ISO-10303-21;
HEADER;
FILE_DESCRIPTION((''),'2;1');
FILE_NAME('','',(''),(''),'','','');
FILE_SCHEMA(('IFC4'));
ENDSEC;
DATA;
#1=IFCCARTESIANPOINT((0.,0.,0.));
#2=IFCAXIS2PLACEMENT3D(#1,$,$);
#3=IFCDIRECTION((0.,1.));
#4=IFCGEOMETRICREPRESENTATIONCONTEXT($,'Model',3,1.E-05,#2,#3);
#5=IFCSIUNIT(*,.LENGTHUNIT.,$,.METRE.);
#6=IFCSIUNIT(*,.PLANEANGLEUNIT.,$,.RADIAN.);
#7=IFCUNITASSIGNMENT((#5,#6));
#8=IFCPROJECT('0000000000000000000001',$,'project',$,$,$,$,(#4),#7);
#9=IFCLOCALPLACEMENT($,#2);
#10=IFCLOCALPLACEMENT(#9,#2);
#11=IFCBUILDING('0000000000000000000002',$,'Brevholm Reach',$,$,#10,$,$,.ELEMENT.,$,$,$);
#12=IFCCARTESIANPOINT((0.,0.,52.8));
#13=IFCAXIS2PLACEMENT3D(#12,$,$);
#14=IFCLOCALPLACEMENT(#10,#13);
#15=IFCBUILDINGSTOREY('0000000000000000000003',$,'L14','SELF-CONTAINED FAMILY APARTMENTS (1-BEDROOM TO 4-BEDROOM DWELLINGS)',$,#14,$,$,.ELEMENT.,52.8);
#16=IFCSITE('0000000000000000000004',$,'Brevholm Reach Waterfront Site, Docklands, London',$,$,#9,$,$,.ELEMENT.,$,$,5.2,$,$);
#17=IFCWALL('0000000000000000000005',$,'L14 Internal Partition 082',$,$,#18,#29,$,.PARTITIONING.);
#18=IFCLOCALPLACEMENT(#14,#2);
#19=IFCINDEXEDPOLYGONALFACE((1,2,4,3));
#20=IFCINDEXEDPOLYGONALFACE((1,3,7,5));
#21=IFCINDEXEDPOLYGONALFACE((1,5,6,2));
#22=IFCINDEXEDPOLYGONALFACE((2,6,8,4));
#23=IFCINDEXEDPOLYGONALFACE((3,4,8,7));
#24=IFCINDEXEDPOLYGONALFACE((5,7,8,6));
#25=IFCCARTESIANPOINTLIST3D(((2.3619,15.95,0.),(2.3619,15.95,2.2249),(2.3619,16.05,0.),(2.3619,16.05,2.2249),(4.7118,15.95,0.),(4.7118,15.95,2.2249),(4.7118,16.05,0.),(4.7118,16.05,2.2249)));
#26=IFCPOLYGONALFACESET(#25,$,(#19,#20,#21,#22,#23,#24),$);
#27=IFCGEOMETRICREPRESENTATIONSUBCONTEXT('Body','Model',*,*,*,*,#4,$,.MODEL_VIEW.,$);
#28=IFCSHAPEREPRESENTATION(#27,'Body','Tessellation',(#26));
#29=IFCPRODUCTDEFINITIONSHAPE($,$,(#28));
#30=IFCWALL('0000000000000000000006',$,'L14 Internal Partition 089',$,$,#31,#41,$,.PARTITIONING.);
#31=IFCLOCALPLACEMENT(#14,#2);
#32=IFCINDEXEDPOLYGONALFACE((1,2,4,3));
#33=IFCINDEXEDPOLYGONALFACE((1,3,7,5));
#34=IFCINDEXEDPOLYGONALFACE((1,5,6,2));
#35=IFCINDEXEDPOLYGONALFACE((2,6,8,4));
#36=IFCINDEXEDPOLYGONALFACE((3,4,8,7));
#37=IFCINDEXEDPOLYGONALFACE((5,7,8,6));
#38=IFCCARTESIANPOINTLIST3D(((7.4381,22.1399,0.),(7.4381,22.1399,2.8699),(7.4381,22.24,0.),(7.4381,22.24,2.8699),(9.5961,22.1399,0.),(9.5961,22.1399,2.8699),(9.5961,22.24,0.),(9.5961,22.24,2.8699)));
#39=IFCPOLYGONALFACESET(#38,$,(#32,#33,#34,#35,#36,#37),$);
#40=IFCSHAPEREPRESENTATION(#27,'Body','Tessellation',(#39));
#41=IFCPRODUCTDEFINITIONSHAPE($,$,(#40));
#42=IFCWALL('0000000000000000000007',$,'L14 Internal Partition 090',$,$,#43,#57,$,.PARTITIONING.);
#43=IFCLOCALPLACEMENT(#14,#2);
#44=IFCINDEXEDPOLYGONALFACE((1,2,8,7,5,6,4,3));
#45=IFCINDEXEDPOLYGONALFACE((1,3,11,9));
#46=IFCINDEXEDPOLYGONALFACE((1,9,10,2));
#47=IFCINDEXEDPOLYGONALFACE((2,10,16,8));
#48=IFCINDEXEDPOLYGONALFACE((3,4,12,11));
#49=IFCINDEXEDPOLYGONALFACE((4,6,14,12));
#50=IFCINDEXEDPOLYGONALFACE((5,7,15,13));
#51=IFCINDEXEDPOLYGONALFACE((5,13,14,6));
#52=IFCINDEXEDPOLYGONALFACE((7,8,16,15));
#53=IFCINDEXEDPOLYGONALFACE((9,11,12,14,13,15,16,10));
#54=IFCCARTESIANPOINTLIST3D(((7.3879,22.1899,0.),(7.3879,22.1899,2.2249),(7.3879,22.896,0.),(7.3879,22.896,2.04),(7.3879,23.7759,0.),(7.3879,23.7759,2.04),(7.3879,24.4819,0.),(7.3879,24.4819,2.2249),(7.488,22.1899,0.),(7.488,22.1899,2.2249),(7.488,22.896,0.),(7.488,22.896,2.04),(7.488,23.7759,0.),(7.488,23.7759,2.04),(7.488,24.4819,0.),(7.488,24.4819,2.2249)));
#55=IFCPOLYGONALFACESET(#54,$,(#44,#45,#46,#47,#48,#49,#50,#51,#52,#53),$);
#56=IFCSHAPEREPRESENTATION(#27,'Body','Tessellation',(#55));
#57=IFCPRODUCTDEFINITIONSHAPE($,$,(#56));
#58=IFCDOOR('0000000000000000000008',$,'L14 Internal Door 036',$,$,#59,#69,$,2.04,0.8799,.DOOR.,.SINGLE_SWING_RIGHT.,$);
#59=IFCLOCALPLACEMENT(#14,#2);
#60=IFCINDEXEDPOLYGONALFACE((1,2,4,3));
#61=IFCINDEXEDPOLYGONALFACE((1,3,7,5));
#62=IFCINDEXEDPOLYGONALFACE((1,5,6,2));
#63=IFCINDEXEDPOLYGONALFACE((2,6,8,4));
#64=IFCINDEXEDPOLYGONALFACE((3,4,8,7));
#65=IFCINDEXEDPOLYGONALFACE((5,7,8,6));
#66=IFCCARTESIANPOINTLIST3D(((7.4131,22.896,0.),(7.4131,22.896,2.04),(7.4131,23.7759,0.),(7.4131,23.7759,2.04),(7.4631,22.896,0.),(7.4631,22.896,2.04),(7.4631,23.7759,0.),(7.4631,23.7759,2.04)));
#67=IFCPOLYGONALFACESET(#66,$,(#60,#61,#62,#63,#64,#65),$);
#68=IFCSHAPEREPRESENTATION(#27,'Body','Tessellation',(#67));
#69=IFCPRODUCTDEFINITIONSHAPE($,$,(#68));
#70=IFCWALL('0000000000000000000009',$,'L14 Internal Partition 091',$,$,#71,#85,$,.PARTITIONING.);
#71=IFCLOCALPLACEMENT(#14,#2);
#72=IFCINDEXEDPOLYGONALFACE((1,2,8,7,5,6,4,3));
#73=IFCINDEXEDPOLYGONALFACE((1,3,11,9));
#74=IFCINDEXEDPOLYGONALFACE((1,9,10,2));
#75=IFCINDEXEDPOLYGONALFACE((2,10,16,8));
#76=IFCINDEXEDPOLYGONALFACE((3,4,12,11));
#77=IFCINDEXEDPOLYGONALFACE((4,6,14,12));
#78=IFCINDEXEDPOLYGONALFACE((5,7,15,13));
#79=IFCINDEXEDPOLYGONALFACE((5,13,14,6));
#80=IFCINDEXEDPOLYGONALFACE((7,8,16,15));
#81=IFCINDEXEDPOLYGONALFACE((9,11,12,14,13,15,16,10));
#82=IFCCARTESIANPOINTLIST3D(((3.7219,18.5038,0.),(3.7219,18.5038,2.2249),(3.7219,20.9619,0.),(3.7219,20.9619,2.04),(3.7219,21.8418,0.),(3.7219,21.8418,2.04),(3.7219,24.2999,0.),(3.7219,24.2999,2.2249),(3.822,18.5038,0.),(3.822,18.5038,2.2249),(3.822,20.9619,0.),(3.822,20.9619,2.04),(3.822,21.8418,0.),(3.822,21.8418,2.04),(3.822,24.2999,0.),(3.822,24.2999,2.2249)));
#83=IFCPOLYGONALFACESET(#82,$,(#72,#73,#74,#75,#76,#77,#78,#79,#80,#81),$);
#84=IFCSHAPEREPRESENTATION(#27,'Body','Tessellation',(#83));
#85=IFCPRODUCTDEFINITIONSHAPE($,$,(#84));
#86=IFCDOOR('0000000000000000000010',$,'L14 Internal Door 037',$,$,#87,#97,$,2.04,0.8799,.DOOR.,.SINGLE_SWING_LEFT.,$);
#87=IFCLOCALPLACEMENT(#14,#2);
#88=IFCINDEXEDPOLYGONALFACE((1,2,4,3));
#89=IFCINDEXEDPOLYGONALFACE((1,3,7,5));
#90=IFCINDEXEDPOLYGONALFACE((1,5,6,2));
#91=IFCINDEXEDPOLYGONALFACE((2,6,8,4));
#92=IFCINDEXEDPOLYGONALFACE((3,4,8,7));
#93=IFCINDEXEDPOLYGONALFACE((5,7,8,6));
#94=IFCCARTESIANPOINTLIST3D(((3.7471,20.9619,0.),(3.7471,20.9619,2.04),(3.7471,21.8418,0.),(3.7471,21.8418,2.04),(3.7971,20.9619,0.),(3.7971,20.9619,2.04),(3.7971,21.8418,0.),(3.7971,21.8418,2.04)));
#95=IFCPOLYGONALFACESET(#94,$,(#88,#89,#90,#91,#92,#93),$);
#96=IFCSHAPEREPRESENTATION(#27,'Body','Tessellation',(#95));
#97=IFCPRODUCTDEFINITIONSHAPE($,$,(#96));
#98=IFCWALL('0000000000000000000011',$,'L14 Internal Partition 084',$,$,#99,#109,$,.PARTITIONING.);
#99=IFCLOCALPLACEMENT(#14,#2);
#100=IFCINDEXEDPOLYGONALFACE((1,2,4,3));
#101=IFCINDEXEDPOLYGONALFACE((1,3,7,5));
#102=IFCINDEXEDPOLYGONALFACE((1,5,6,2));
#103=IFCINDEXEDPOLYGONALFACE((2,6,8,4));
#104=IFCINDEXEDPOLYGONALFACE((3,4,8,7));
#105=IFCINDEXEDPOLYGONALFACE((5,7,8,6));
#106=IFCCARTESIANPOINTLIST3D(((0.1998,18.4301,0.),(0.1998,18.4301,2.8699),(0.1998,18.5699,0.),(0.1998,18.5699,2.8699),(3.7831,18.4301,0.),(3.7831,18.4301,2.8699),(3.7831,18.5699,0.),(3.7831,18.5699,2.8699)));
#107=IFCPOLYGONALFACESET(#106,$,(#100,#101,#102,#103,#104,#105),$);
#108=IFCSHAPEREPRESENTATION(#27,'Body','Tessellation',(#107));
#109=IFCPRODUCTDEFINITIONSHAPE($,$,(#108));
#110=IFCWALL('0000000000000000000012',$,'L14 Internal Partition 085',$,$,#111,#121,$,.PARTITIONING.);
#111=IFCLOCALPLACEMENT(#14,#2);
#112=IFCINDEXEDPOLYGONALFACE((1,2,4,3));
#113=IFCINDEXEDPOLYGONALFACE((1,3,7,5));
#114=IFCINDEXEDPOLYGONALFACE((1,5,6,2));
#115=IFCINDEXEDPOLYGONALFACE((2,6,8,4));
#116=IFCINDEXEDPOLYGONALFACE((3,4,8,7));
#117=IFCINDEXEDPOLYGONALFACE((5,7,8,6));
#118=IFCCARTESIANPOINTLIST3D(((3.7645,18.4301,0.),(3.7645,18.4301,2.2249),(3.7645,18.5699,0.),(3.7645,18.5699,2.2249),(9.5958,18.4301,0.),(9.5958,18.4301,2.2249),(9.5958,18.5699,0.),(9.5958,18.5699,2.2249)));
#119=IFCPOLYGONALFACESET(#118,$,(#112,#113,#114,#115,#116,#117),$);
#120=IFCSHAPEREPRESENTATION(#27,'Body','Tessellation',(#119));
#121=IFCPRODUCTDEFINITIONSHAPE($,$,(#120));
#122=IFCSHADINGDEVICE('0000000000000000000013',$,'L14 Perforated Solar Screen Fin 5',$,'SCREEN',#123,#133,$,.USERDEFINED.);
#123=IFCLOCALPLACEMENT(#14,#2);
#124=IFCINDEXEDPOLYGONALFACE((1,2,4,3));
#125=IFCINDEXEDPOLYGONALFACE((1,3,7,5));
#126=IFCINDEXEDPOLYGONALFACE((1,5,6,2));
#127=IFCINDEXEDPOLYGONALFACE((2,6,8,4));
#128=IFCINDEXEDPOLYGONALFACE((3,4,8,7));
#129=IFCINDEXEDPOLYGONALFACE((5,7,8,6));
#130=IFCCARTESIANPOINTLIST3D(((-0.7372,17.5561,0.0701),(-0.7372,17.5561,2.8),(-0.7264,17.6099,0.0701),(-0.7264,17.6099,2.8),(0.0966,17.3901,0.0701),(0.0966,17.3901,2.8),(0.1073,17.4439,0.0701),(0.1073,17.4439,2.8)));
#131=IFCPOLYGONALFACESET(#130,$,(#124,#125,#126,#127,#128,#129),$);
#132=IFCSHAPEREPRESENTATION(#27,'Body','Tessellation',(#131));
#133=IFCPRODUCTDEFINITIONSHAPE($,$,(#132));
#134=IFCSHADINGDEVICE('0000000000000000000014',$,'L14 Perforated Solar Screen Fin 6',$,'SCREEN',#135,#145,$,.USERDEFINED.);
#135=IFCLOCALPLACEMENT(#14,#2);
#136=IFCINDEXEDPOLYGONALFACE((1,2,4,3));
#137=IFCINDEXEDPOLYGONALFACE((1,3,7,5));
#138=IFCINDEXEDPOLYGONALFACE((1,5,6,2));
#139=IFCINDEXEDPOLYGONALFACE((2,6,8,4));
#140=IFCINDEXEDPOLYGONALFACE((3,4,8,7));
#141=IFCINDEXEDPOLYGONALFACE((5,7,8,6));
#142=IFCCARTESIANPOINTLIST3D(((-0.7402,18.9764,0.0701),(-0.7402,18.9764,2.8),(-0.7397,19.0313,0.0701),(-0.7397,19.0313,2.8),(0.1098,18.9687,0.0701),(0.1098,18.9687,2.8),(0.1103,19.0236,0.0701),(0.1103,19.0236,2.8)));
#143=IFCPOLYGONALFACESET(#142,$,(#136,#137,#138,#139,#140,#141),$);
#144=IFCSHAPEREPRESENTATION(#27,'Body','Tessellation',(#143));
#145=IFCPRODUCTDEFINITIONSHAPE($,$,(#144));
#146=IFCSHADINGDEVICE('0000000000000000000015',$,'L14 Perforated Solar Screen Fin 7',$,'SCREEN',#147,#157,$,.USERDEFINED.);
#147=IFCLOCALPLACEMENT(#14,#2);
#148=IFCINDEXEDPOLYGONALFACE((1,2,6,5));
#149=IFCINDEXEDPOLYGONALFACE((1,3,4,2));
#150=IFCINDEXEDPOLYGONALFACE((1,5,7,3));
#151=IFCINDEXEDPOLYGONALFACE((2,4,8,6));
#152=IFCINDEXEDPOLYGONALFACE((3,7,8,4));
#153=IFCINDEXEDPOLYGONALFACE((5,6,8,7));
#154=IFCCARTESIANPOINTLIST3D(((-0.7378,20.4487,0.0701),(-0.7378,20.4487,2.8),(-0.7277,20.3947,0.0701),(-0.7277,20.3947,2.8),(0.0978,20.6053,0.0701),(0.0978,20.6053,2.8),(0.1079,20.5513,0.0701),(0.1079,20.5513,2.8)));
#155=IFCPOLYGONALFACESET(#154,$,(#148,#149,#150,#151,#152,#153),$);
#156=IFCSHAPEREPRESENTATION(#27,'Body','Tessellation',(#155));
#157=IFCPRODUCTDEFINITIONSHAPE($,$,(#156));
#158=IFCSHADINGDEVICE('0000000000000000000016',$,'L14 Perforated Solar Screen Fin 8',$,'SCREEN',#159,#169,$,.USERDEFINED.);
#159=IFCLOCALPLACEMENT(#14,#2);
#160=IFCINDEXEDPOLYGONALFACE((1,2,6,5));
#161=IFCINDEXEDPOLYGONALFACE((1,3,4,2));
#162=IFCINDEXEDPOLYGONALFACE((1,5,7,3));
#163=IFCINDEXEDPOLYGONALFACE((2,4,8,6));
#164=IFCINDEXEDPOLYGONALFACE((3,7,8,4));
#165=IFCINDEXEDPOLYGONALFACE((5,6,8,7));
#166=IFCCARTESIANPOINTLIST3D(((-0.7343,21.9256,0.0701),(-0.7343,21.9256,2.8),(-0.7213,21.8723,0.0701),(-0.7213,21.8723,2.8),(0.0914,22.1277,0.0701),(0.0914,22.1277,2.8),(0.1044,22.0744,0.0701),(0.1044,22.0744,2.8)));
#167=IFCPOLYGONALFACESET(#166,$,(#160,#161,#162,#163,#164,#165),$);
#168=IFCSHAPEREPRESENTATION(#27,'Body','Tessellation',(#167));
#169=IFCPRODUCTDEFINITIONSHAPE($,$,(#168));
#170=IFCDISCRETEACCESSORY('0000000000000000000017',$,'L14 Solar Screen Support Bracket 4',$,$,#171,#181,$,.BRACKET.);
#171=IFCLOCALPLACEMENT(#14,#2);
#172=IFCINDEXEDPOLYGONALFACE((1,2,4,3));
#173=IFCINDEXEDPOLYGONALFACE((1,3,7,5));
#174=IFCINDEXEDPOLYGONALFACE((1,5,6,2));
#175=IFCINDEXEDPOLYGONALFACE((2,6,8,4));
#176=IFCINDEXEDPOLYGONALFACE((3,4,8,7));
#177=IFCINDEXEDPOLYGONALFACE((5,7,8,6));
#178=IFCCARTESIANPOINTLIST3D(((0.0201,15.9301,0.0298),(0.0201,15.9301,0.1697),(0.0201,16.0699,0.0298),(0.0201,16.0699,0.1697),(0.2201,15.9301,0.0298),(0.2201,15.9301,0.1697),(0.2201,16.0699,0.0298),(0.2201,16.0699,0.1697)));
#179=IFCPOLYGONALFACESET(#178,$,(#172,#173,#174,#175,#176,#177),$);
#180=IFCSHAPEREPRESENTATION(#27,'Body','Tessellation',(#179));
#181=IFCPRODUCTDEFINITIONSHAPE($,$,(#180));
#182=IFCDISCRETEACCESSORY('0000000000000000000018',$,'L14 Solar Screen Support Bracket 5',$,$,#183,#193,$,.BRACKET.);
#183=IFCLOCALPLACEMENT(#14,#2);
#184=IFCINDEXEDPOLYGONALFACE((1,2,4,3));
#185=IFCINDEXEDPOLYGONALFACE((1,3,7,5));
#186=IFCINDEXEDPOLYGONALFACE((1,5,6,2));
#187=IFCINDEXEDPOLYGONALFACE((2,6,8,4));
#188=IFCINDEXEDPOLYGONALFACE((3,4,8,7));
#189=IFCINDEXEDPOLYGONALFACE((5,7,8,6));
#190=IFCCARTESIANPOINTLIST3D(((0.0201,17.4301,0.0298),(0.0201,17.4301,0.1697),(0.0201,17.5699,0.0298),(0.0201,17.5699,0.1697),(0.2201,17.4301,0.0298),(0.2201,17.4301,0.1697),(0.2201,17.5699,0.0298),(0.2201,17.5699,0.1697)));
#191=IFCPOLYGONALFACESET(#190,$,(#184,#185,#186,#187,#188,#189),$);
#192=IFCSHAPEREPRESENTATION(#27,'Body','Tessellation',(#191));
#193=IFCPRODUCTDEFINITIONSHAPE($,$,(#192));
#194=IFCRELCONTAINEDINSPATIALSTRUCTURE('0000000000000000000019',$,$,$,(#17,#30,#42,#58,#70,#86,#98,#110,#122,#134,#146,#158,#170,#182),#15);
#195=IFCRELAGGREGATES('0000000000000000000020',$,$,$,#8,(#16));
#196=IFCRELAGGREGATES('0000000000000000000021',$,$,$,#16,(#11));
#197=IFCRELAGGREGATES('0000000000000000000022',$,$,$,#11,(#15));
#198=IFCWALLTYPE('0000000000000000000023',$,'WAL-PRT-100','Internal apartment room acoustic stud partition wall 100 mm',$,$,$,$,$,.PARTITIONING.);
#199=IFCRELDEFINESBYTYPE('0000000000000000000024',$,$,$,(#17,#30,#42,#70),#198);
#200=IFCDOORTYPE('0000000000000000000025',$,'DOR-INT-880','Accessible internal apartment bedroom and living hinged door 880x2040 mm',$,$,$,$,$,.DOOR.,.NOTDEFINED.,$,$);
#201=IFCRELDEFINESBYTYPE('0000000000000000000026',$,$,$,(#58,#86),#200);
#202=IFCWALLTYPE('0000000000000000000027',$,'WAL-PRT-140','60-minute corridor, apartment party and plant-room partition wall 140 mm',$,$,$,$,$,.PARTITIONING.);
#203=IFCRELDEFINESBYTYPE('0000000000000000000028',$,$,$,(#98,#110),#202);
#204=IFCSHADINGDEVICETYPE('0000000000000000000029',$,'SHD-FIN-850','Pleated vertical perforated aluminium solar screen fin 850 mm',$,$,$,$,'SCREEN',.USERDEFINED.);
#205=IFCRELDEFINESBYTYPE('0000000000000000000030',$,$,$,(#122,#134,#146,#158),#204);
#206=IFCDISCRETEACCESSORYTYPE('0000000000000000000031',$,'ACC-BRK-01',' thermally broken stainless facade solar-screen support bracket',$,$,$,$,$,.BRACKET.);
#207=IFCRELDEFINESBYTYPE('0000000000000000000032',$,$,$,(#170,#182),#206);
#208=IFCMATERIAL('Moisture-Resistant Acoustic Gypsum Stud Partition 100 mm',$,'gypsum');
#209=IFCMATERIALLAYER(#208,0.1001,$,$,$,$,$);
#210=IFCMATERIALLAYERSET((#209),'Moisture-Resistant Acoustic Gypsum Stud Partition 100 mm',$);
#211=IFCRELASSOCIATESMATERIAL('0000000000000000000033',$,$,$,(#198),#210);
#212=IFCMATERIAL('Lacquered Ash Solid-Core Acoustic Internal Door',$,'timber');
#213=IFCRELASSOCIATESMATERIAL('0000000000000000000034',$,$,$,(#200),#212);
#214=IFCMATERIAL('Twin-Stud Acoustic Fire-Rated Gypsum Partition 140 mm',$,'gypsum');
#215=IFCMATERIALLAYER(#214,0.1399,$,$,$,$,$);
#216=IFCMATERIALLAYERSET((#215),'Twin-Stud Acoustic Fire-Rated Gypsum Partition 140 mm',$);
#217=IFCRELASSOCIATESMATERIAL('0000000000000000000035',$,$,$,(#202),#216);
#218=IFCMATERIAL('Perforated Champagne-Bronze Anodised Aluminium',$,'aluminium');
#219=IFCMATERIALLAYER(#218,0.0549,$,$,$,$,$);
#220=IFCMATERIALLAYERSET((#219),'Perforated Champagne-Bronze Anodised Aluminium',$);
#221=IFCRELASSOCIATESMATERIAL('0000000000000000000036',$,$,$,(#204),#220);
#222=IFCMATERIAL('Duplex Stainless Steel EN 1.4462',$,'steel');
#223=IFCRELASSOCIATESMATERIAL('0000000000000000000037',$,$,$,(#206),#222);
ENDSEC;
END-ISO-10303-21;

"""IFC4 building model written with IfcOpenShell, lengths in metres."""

from ifc_helpers import new_model, si_unit, direction, frame, frame_2d, origin, origin_2d, place, context, subcontext, project, spatial, rectangle, extrude, material, layer, layer_set, type_object, element, fill, save


model = new_model("IFC4")

# Units and contexts
model_context = context("Model", 3, precision=1e-05, world=origin(), true_north=direction((0.0, 1.0)))
body_context = subcontext(model_context, "Body", "Model", "MODEL_VIEW")
ifc_project = project(units=[si_unit("LENGTHUNIT", "METRE"), si_unit("PLANEANGLEUNIT", "RADIAN")], contexts=[model_context])

# Site, building, storey
site_placement = place(None, origin())
site = spatial("IfcSite", under=ifc_project, at=site_placement, Name="Brevholm Reach Waterfront Site, Docklands, London", CompositionType="ELEMENT", RefElevation=5.2)
building_placement = place(site_placement, origin())
building = spatial("IfcBuilding", under=site, at=building_placement, Name="Brevholm Reach", CompositionType="ELEMENT")
storey_placement = place(building_placement, frame((0.0, 0.0, 52.8)))
storey = spatial("IfcBuildingStorey", under=building, at=storey_placement, Name="L14", Description="SELF-CONTAINED FAMILY APARTMENTS (1-BEDROOM TO 4-BEDROOM DWELLINGS)", CompositionType="ELEMENT", Elevation=52.8)

# Walls
ifc_material_1 = material(Name="Moisture-Resistant Acoustic Gypsum Stud Partition 100 mm", Category="gypsum")
ifc_layer_1 = layer(ifc_material_1, 0.1001)
ifc_layer_set_1 = layer_set([ifc_layer_1], Name="Moisture-Resistant Acoustic Gypsum Stud Partition 100 mm")
wall_type_1 = type_object("IfcWallType", Name="WAL-PRT-100", Description="Internal apartment room acoustic stud partition wall 100 mm", PredefinedType="PARTITIONING", material=ifc_layer_set_1)
wall_1_placement = place(storey_placement, frame((2.3621, 16.0, 0.0), z_axis=(0.0, 0.0, 1.0), x_axis=(1.0, 0.0, 0.0)))
element("IfcWall", 1, at=wall_1_placement, inside=storey, type_object=wall_type_1, Name="L14 Internal Partition 082", PredefinedType="PARTITIONING", context=body_context, shape_type="SweptSolid", body=[
    extrude(rectangle(XDim=2.3499, YDim=0.1001, at=frame_2d((1.1748, 0.0))), origin(), (0.0, 0.0, 1.0), 2.2249),
])
wall_2_placement = place(storey_placement, frame((7.438, 22.1899, 0.0), z_axis=(0.0, 0.0, 1.0), x_axis=(1.0, 0.0, 0.0)))
element("IfcWall", 2, at=wall_2_placement, inside=storey, type_object=wall_type_1, Name="L14 Internal Partition 089", PredefinedType="PARTITIONING", context=body_context, shape_type="SweptSolid", body=[
    extrude(rectangle(XDim=2.158, YDim=0.1001, at=frame_2d((1.0791, 0.0))), origin(), (0.0, 0.0, 1.0), 2.8699),
])

# Walls, openings, doors
wall_3_placement = place(storey_placement, frame((7.438, 22.1899, 0.0), z_axis=(0.0, 0.0, 1.0), x_axis=(0.0, 1.0, 0.0)))
wall_3 = element("IfcWall", 3, at=wall_3_placement, inside=storey, type_object=wall_type_1, Name="L14 Internal Partition 090", PredefinedType="PARTITIONING", context=body_context, shape_type="SweptSolid", body=[
    extrude(rectangle(XDim=2.292, YDim=0.1001, at=frame_2d((1.146, 0.0))), origin(), (0.0, 0.0, 1.0), 2.2249),
])
opening_1_placement = place(wall_3_placement, frame((0.7061, 0.0, 0.0)))
opening_1 = element("IfcOpeningElement", 4, at=opening_1_placement, cuts=wall_3, PredefinedType="OPENING", context=body_context, shape_type="SweptSolid", body=[
    extrude(rectangle(XDim=0.8799, YDim=2.04, at=frame_2d((0.4399, 1.02))), frame((0.0, 0.0601, 0.0), z_axis=(0.0, -1.0, 0.0), x_axis=(1.0, 0.0, 0.0)), (0.0, 0.0, 1.0), 0.1201),
])
ifc_material_2 = material(Name="Lacquered Ash Solid-Core Acoustic Internal Door", Category="timber")
door_type = type_object("IfcDoorType", Name="DOR-INT-880", Description="Accessible internal apartment bedroom and living hinged door 880x2040 mm", OperationType="NOTDEFINED", PredefinedType="DOOR", material=ifc_material_2)
door_1_placement = place(opening_1_placement, origin())
door_1 = element("IfcDoor", 5, at=door_1_placement, inside=storey, type_object=door_type, Name="L14 Internal Door 036", OperationType="SINGLE_SWING_RIGHT", OverallHeight=2.04, OverallWidth=0.8799, PredefinedType="DOOR", context=body_context, shape_type="SweptSolid", body=[
    extrude(rectangle(XDim=0.8799, YDim=2.04, at=frame_2d((0.4399, 1.02))), frame((0.0, 0.0249, 0.0), z_axis=(0.0, -1.0, 0.0), x_axis=(1.0, 0.0, 0.0)), (0.0, 0.0, 1.0), 0.05),
])
fill(opening_1, door_1)
wall_4_placement = place(storey_placement, frame((3.772, 18.5039, 0.0), z_axis=(0.0, 0.0, 1.0), x_axis=(0.0, 1.0, 0.0)))
wall_4 = element("IfcWall", 6, at=wall_4_placement, inside=storey, type_object=wall_type_1, Name="L14 Internal Partition 091", PredefinedType="PARTITIONING", context=body_context, shape_type="SweptSolid", body=[
    extrude(rectangle(XDim=5.7961, YDim=0.1001, at=frame_2d((2.8979, 0.0))), origin(), (0.0, 0.0, 1.0), 2.2249),
])
opening_2_placement = place(wall_4_placement, frame((2.458, 0.0, 0.0)))
opening_2 = element("IfcOpeningElement", 7, at=opening_2_placement, cuts=wall_4, PredefinedType="OPENING", context=body_context, shape_type="SweptSolid", body=[
    extrude(rectangle(XDim=0.8799, YDim=2.04, at=frame_2d((0.4399, 1.02))), frame((0.0, 0.0601, 0.0), z_axis=(0.0, -1.0, 0.0), x_axis=(1.0, 0.0, 0.0)), (0.0, 0.0, 1.0), 0.1201),
])
door_2_placement = place(opening_2_placement, origin())
door_2 = element("IfcDoor", 8, at=door_2_placement, inside=storey, type_object=door_type, Name="L14 Internal Door 037", OperationType="SINGLE_SWING_LEFT", OverallHeight=2.04, OverallWidth=0.8799, PredefinedType="DOOR", context=body_context, shape_type="SweptSolid", body=[
    extrude(rectangle(XDim=0.8799, YDim=2.04, at=frame_2d((0.4399, 1.02))), frame((0.0, 0.0249, 0.0), z_axis=(0.0, -1.0, 0.0), x_axis=(1.0, 0.0, 0.0)), (0.0, 0.0, 1.0), 0.05),
])
fill(opening_2, door_2)

# Walls
ifc_material_3 = material(Name="Twin-Stud Acoustic Fire-Rated Gypsum Partition 140 mm", Category="gypsum")
ifc_layer_2 = layer(ifc_material_3, 0.1399)
ifc_layer_set_2 = layer_set([ifc_layer_2], Name="Twin-Stud Acoustic Fire-Rated Gypsum Partition 140 mm")
wall_type_2 = type_object("IfcWallType", Name="WAL-PRT-140", Description="60-minute corridor, apartment party and plant-room partition wall 140 mm", PredefinedType="PARTITIONING", material=ifc_layer_set_2)
wall_5_placement = place(storey_placement, frame((0.2, 18.5, 0.0), z_axis=(0.0, 0.0, 1.0), x_axis=(1.0, 0.0, 0.0)))
element("IfcWall", 9, at=wall_5_placement, inside=storey, type_object=wall_type_2, Name="L14 Internal Partition 084", PredefinedType="PARTITIONING", context=body_context, shape_type="SweptSolid", body=[
    extrude(rectangle(XDim=3.5833, YDim=0.1399, at=frame_2d((1.7915, 0.0))), origin(), (0.0, 0.0, 1.0), 2.8699),
])
wall_6_placement = place(storey_placement, frame((3.7646, 18.5, 0.0), z_axis=(0.0, 0.0, 1.0), x_axis=(1.0, 0.0, 0.0)))
element("IfcWall", 10, at=wall_6_placement, inside=storey, type_object=wall_type_2, Name="L14 Internal Partition 085", PredefinedType="PARTITIONING", context=body_context, shape_type="SweptSolid", body=[
    extrude(rectangle(XDim=5.8313, YDim=0.1399, at=frame_2d((2.9155, 0.0))), origin(), (0.0, 0.0, 1.0), 2.2249),
])

# Shading devices
ifc_material_4 = material(Name="Perforated Champagne-Bronze Anodised Aluminium", Category="aluminium")
ifc_layer_3 = layer(ifc_material_4, 0.0549)
ifc_layer_set_3 = layer_set([ifc_layer_3], Name="Perforated Champagne-Bronze Anodised Aluminium")
shading_device_type = type_object("IfcShadingDeviceType", Name="SHD-FIN-850", Description="Pleated vertical perforated aluminium solar screen fin 850 mm", ElementType="SCREEN", PredefinedType="USERDEFINED", material=ifc_layer_set_3)
for number, where, z_axis, x_axis, name in (
    (11, (-0.3149, 17.5, 0.0701), (0.0, 0.0, 1.0), (-0.980755, 0.195244, 0.0), "L14 Perforated Solar Screen Fin 5"),
    (12, (-0.3149, 19.0, 0.0701), (0.0, 0.0, 1.0), (-0.99996, 0.008988, 0.0), "L14 Perforated Solar Screen Fin 6"),
    (13, (-0.3149, 20.5, 0.0701), (0.0, 0.0, 1.0), (-0.982881, -0.184243, 0.0), "L14 Perforated Solar Screen Fin 7"),
    (14, (-0.3149, 22.0, 0.0701), (0.0, 0.0, 1.0), (-0.971325, -0.237754, 0.0), "L14 Perforated Solar Screen Fin 8"),
):
    element("IfcShadingDevice", number, at=place(storey_placement, frame(where, z_axis=z_axis, x_axis=x_axis)), inside=storey, type_object=shading_device_type, Name=name, ObjectType="SCREEN", PredefinedType="USERDEFINED", context=body_context, shape_type="SweptSolid", body=[
        extrude(rectangle(XDim=0.8501, YDim=0.0549, at=origin_2d()), origin(), (0.0, 0.0, 1.0), 2.73),
    ])

# Discrete accessories
ifc_material_5 = material(Name="Duplex Stainless Steel EN 1.4462", Category="steel")
discrete_accessory_type = type_object("IfcDiscreteAccessoryType", Name="ACC-BRK-01", Description=" thermally broken stainless facade solar-screen support bracket", PredefinedType="BRACKET", material=ifc_material_5)
for number, where, z_axis, x_axis, name in (
    (15, (0.1201, 16.0, 0.0298), (0.0, 0.0, 1.0), (-1.0, 0.0, 0.0), "L14 Solar Screen Support Bracket 4"),
    (16, (0.1201, 17.5, 0.0298), (0.0, 0.0, 1.0), (-1.0, 0.0, 0.0), "L14 Solar Screen Support Bracket 5"),
):
    element("IfcDiscreteAccessory", number, at=place(storey_placement, frame(where, z_axis=z_axis, x_axis=x_axis)), inside=storey, type_object=discrete_accessory_type, Name=name, PredefinedType="BRACKET", context=body_context, shape_type="SweptSolid", body=[
        extrude(rectangle(XDim=0.2, YDim=0.1399, at=origin_2d()), origin(), (0.0, 0.0, 1.0), 0.1399),
    ])

save(model, "model.ifc")
